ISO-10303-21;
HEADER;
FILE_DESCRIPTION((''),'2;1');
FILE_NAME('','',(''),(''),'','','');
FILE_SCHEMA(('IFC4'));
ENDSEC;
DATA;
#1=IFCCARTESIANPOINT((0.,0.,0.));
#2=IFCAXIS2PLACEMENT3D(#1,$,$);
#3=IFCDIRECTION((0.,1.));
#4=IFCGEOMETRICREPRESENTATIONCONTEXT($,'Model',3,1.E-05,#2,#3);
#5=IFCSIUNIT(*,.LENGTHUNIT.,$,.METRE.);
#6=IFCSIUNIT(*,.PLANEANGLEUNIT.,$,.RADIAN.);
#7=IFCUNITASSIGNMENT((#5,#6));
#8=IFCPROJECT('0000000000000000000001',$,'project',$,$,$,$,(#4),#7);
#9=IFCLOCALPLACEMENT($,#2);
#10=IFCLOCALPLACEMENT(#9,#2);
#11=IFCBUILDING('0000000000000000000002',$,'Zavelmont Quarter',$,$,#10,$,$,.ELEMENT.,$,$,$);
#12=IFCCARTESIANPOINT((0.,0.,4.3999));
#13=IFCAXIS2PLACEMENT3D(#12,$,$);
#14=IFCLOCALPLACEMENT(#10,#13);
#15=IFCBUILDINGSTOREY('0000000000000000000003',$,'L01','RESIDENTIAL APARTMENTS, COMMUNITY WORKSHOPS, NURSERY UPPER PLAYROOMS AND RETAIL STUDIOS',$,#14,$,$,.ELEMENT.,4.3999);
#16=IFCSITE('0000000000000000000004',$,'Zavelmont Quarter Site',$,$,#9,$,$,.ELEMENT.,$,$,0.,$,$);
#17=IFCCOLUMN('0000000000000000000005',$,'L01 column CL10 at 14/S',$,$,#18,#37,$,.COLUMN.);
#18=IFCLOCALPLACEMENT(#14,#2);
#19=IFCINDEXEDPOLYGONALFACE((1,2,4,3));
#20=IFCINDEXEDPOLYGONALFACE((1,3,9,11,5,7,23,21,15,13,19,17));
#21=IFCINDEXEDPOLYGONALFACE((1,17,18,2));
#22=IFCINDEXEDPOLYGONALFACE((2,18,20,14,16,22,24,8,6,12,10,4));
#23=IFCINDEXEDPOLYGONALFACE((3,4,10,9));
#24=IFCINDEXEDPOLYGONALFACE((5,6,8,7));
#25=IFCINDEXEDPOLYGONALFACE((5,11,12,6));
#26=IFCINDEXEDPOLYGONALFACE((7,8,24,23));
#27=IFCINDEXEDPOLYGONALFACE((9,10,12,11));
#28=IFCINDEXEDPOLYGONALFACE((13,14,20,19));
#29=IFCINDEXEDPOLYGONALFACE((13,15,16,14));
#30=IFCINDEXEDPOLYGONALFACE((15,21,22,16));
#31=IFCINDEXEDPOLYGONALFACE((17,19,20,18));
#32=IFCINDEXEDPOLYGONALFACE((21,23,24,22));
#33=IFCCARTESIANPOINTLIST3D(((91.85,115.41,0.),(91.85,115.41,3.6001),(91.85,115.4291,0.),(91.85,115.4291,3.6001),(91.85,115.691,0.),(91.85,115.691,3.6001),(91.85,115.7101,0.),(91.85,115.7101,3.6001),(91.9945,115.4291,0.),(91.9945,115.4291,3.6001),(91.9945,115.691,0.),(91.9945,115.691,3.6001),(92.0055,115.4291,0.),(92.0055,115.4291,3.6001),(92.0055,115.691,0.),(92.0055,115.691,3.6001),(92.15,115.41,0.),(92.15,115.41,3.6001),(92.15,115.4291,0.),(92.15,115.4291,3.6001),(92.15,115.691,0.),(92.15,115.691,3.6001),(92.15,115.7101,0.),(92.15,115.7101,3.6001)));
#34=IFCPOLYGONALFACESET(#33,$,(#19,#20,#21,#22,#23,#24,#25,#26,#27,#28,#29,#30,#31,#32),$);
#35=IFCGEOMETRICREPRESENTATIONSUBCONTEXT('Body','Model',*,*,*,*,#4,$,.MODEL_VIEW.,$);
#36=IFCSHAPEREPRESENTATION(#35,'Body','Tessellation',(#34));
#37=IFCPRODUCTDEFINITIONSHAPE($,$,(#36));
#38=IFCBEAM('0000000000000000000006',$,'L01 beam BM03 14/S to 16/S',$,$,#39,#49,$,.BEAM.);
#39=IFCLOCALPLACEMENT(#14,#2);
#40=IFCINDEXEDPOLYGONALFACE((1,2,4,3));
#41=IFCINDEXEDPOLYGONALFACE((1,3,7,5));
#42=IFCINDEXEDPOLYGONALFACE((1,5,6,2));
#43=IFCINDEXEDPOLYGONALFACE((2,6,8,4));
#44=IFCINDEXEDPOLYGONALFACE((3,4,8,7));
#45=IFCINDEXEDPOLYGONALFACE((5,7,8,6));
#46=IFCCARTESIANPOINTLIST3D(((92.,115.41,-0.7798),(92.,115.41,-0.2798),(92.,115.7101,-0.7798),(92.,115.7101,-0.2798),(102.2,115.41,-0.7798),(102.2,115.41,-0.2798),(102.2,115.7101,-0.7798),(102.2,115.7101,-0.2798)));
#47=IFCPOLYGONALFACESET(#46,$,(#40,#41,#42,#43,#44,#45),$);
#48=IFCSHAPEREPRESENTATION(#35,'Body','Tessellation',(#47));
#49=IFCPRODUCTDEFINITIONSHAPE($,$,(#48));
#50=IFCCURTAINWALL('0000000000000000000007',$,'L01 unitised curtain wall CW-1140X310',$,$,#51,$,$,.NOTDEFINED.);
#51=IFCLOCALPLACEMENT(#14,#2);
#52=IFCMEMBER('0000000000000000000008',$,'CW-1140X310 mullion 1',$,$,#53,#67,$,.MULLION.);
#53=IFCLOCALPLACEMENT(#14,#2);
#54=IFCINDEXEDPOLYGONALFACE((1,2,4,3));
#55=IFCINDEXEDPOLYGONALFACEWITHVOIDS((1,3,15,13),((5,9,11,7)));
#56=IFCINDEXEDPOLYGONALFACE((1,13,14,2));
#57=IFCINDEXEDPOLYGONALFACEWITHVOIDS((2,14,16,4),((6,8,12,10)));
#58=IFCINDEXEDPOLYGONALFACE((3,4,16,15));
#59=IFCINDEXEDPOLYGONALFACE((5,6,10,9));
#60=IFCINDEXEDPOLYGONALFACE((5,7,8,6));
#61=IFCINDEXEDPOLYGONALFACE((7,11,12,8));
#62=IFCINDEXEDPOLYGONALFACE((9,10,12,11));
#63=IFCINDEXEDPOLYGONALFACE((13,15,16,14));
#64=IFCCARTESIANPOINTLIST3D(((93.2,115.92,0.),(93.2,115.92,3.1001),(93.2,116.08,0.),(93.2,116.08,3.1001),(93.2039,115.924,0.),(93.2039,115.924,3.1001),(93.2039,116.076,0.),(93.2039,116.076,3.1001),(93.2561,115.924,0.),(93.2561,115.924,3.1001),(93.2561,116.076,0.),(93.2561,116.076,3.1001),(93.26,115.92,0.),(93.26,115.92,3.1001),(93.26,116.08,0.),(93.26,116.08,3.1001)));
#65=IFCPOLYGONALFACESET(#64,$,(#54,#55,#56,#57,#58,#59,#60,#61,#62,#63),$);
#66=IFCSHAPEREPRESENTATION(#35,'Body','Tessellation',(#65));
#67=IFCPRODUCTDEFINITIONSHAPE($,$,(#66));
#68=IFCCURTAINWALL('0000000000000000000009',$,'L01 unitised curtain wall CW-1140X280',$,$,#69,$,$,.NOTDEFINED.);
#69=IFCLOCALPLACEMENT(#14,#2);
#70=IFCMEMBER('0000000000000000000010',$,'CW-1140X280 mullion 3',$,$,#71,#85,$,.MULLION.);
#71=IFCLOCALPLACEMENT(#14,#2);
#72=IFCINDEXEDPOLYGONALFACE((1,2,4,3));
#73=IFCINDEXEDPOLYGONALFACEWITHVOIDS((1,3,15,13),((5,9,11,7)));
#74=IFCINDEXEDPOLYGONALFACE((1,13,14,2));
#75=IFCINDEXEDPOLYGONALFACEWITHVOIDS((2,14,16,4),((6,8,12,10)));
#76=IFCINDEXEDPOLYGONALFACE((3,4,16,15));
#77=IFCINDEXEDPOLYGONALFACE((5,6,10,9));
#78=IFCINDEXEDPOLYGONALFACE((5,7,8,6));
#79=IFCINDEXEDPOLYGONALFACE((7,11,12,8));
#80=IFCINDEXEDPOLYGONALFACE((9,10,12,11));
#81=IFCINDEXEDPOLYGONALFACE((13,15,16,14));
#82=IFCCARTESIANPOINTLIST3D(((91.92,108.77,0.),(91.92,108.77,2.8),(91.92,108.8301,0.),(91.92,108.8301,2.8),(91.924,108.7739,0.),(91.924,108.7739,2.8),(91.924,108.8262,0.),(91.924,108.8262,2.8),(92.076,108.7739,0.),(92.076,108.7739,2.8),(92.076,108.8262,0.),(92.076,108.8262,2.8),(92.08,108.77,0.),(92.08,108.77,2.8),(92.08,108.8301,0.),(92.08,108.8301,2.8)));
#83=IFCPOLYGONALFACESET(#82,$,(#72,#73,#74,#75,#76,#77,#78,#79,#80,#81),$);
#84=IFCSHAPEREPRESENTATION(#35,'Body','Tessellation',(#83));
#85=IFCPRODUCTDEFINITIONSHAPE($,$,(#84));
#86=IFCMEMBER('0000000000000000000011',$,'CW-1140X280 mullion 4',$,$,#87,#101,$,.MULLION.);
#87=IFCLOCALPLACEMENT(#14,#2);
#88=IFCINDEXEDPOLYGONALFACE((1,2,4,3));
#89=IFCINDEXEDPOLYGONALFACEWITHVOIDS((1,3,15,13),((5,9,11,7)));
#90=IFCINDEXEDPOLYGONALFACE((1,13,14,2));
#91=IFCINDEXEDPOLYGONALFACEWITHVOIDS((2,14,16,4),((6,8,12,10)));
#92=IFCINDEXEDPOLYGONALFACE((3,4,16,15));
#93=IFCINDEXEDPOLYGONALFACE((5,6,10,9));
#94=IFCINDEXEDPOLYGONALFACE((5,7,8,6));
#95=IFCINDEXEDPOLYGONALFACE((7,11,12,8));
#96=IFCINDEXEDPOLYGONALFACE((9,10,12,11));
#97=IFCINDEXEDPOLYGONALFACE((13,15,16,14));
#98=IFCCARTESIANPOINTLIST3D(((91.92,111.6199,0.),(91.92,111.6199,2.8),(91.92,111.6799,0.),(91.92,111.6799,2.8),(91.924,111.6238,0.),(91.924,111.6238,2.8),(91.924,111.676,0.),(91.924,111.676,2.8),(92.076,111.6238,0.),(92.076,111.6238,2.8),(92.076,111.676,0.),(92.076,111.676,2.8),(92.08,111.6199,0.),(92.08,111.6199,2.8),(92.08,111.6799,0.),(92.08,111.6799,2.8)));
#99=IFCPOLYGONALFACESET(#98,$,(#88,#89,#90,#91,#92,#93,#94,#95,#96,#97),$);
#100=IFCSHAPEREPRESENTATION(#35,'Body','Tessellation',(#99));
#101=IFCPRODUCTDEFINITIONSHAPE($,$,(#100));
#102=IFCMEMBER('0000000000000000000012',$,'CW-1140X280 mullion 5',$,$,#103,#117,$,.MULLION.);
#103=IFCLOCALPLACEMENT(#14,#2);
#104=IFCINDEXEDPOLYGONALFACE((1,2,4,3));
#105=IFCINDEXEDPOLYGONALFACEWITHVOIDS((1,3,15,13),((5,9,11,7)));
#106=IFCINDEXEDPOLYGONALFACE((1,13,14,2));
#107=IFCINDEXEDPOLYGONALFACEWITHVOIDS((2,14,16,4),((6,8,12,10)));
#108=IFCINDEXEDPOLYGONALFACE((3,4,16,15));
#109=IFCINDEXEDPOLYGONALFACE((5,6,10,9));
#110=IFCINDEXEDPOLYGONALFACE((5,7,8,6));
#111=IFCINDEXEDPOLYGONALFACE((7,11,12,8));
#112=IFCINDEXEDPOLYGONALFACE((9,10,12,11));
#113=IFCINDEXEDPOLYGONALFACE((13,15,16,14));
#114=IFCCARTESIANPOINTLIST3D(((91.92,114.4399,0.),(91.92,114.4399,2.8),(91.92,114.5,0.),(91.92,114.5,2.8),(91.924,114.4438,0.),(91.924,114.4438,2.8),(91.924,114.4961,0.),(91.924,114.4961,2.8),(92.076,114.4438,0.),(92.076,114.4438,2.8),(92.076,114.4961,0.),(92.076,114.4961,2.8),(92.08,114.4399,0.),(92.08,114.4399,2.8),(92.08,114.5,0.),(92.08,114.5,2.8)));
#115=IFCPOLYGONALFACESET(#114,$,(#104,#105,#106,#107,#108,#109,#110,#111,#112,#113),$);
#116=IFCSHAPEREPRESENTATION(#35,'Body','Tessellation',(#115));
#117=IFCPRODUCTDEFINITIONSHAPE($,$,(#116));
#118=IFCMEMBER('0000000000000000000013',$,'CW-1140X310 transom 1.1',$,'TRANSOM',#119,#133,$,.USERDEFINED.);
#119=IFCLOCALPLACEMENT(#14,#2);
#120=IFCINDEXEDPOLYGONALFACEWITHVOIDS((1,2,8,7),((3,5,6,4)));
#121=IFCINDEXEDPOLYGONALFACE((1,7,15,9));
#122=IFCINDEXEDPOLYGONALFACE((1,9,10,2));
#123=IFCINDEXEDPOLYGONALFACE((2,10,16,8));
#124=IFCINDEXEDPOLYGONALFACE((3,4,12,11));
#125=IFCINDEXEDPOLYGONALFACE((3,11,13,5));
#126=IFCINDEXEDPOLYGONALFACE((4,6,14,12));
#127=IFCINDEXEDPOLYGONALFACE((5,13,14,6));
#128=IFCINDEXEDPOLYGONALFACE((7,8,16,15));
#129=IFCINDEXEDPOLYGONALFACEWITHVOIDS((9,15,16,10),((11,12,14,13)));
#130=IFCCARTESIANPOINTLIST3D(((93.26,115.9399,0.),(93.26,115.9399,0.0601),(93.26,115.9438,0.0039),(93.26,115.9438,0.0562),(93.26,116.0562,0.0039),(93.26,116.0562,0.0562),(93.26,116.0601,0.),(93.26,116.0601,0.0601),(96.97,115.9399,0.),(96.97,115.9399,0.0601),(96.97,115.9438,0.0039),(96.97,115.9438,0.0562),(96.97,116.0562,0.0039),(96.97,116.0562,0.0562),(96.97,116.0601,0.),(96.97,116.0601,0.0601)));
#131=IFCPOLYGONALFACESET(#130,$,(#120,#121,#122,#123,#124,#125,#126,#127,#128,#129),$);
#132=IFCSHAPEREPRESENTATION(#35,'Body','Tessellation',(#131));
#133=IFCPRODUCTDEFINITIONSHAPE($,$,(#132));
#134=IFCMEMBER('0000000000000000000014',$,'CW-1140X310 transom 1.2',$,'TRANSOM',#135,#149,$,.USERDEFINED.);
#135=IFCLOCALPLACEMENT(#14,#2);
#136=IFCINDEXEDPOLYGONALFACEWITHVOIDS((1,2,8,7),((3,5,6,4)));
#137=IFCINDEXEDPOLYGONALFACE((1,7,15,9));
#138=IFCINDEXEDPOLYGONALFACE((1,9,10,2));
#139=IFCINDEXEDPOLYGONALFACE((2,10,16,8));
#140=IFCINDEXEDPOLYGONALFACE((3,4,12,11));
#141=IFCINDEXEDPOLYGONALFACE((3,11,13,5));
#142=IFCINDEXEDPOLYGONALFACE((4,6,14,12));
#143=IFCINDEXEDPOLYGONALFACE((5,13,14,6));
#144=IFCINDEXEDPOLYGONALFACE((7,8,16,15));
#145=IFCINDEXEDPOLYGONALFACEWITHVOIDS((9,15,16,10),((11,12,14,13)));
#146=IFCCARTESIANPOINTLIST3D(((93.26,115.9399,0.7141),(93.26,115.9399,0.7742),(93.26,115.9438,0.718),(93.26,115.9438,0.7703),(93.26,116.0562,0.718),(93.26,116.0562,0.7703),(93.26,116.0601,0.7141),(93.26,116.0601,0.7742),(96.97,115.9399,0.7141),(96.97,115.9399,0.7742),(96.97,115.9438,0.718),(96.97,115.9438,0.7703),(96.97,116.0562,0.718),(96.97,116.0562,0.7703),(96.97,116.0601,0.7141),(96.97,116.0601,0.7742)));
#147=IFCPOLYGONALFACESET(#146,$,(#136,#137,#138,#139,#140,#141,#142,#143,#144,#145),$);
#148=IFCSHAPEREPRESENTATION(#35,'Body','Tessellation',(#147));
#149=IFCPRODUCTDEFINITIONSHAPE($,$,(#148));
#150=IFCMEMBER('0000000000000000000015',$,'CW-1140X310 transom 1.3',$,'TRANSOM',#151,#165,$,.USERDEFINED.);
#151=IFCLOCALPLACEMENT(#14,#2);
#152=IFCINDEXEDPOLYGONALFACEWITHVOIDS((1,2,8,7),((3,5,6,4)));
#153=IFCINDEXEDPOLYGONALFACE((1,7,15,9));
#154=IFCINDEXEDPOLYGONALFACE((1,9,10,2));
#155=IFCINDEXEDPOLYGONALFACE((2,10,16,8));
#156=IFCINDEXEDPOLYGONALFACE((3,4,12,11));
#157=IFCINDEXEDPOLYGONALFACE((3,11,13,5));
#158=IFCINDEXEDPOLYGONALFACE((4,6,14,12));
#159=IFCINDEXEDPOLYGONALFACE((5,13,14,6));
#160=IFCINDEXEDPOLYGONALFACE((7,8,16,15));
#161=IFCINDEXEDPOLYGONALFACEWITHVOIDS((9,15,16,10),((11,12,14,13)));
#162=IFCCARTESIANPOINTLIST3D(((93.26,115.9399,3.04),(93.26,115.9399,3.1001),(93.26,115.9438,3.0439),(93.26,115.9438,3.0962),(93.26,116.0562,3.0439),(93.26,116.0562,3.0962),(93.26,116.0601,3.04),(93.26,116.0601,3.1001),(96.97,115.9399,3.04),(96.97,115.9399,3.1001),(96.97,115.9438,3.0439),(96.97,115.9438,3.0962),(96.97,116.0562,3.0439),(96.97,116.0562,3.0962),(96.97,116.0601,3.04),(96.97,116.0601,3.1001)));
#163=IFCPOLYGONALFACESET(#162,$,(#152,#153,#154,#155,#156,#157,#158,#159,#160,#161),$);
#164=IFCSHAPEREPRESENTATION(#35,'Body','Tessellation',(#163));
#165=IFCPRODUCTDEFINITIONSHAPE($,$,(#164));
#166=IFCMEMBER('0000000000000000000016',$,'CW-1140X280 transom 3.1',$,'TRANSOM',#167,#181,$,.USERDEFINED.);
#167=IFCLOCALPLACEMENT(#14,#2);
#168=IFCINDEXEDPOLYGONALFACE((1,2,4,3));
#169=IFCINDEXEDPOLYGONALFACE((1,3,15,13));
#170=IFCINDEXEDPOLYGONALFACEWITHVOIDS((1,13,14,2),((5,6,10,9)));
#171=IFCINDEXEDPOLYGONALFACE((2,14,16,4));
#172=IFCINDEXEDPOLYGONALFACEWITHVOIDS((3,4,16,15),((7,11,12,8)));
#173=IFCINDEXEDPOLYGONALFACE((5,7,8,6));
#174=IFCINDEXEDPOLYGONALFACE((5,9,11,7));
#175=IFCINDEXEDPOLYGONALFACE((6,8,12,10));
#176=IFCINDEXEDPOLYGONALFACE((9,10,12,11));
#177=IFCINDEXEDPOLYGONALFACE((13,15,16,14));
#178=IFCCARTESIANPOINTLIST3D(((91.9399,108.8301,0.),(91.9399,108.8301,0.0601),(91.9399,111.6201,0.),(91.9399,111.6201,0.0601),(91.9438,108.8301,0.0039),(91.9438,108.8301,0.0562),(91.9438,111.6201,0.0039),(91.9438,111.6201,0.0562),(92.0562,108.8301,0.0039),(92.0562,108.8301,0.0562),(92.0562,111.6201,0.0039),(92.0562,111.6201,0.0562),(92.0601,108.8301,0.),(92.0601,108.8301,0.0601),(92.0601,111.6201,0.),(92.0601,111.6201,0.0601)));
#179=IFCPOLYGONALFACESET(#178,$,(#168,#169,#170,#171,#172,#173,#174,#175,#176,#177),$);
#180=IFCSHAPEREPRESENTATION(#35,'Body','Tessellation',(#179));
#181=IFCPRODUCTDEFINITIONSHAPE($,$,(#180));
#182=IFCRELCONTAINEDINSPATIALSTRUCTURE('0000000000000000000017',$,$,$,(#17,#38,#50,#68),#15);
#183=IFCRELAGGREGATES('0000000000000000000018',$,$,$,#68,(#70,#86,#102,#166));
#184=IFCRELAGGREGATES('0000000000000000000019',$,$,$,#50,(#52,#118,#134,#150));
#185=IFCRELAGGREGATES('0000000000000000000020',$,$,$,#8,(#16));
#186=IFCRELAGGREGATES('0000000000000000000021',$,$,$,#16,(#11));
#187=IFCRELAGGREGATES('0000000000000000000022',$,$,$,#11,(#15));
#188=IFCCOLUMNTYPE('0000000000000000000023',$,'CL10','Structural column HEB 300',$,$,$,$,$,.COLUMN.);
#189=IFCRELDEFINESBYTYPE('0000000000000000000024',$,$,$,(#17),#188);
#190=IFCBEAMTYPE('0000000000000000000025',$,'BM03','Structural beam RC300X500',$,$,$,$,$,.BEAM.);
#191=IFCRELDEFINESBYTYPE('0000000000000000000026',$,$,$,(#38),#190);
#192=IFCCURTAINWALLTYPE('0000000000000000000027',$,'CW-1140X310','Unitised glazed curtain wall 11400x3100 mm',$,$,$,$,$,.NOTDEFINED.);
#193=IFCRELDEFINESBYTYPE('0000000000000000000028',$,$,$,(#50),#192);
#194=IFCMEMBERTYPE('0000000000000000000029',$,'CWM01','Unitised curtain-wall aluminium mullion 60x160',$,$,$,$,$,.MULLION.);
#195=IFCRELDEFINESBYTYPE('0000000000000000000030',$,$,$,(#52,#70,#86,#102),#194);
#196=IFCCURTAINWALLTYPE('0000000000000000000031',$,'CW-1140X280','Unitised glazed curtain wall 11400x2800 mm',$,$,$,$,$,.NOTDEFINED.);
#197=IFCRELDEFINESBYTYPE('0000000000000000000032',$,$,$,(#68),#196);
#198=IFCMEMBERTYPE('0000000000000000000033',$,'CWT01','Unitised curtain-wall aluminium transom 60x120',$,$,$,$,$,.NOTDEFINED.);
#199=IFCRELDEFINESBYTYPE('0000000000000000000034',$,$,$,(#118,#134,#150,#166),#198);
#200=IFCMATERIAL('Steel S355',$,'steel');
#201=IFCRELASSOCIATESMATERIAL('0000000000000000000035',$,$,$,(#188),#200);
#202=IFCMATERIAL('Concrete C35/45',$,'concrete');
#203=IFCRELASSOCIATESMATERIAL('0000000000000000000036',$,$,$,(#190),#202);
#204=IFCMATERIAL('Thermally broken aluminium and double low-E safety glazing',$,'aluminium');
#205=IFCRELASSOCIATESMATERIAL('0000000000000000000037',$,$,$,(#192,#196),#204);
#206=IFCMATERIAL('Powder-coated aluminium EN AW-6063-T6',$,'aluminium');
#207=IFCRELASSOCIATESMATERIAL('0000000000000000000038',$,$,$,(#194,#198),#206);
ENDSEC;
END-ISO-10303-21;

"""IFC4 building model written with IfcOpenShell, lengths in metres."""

from ifc_helpers import new_model, si_unit, direction, frame, origin, origin_2d, place, context, subcontext, project, spatial, rectangle, hollow_rectangle, i_section, extrude, material, material_profile, profile_set, type_object, element, aggregate, save


model = new_model("IFC4")

# Units and contexts
model_context = context("Model", 3, precision=1e-05, world=origin(), true_north=direction((0.0, 1.0)))
body_context = subcontext(model_context, "Body", "Model", "MODEL_VIEW")
ifc_project = project(units=[si_unit("LENGTHUNIT", "METRE"), si_unit("PLANEANGLEUNIT", "RADIAN")], contexts=[model_context])

# Site, building, storey
site_placement = place(None, origin())
site = spatial("IfcSite", under=ifc_project, at=site_placement, Name="Zavelmont Quarter Site", CompositionType="ELEMENT", RefElevation=0.0)
building_placement = place(site_placement, origin())
building = spatial("IfcBuilding", under=site, at=building_placement, Name="Zavelmont Quarter", CompositionType="ELEMENT")
storey_placement = place(building_placement, frame((0.0, 0.0, 4.3999)))
storey = spatial("IfcBuildingStorey", under=building, at=storey_placement, Name="L01", Description="RESIDENTIAL APARTMENTS, COMMUNITY WORKSHOPS, NURSERY UPPER PLAYROOMS AND RETAIL STUDIOS", CompositionType="ELEMENT", Elevation=4.3999)

# Column
ifc_material_1 = material(Name="Steel S355", Category="steel")
ifc_material_profile_1 = material_profile(ifc_material_1, i_section(OverallWidth=0.3, OverallDepth=0.3, WebThickness=0.011, FlangeThickness=0.019, at=origin_2d()), Name="HEB 300")
ifc_profile_set_1 = profile_set([ifc_material_profile_1], Name="Steel S355")
column_type = type_object("IfcColumnType", Name="CL10", Description="Structural column HEB 300", PredefinedType="COLUMN", material=ifc_profile_set_1)
column_placement = place(storey_placement, frame((92.0, 115.5601, 0.0), z_axis=(0.0, 0.0, 1.0), x_axis=(1.0, 0.0, 0.0)))
element("IfcColumn", 1, at=column_placement, inside=storey, type_object=column_type, Name="L01 column CL10 at 14/S", PredefinedType="COLUMN", context=body_context, shape_type="SweptSolid", body=[
    extrude(i_section(OverallWidth=0.3, OverallDepth=0.3, WebThickness=0.011, FlangeThickness=0.019, at=origin_2d()), origin(), (0.0, 0.0, 1.0), 3.6001),
])

# Beam
ifc_material_2 = material(Name="Concrete C35/45", Category="concrete")
ifc_material_profile_2 = material_profile(ifc_material_2, rectangle(XDim=0.3, YDim=0.5, at=origin_2d()), Name="RC300X500")
ifc_profile_set_2 = profile_set([ifc_material_profile_2], Name="Concrete C35/45")
beam_type = type_object("IfcBeamType", Name="BM03", Description="Structural beam RC300X500", PredefinedType="BEAM", material=ifc_profile_set_2)
beam_placement = place(storey_placement, frame((92.0, 115.5601, -0.5298), z_axis=(1.0, 0.0, 0.0), x_axis=(0.0, 1.0, 0.0)))
element("IfcBeam", 2, at=beam_placement, inside=storey, type_object=beam_type, Name="L01 beam BM03 14/S to 16/S", PredefinedType="BEAM", context=body_context, shape_type="SweptSolid", body=[
    extrude(rectangle(XDim=0.3, YDim=0.5, at=origin_2d()), origin(), (0.0, 0.0, 1.0), 10.2),
])

# Curtain wall, member
ifc_material_3 = material(Name="Thermally broken aluminium and double low-E safety glazing", Category="aluminium")
curtain_wall_type_1 = type_object("IfcCurtainWallType", Name="CW-1140X310", Description="Unitised glazed curtain wall 11400x3100 mm", PredefinedType="NOTDEFINED", material=ifc_material_3)
curtain_wall_1_placement = place(storey_placement, origin())
curtain_wall_1 = element("IfcCurtainWall", 3, at=curtain_wall_1_placement, inside=storey, type_object=curtain_wall_type_1, Name="L01 unitised curtain wall CW-1140X310", PredefinedType="NOTDEFINED")
ifc_material_4 = material(Name="Powder-coated aluminium EN AW-6063-T6", Category="aluminium")
ifc_material_profile_3 = material_profile(ifc_material_4, hollow_rectangle(XDim=0.0601, YDim=0.1599, WallThickness=0.0039, at=origin_2d()), Name="CWM60X160")
ifc_profile_set_3 = profile_set([ifc_material_profile_3], Name="Powder-coated aluminium EN AW-6063-T6")
member_type_1 = type_object("IfcMemberType", Name="CWM01", Description="Unitised curtain-wall aluminium mullion 60x160", PredefinedType="MULLION", material=ifc_profile_set_3)
member_1_placement = place(storey_placement, frame((93.23, 116.0, 0.0), z_axis=(0.0, 0.0, 1.0), x_axis=(1.0, 0.0, 0.0)))
member_1 = element("IfcMember", 4, at=member_1_placement, type_object=member_type_1, Name="CW-1140X310 mullion 1", PredefinedType="MULLION", context=body_context, shape_type="SweptSolid", body=[
    extrude(hollow_rectangle(XDim=0.0601, YDim=0.1599, WallThickness=0.0039, at=origin_2d()), origin(), (0.0, 0.0, 1.0), 3.1001),
])

# Curtain wall, members
curtain_wall_type_2 = type_object("IfcCurtainWallType", Name="CW-1140X280", Description="Unitised glazed curtain wall 11400x2800 mm", PredefinedType="NOTDEFINED", material=ifc_material_3)
curtain_wall_2_placement = place(storey_placement, origin())
curtain_wall_2 = element("IfcCurtainWall", 5, at=curtain_wall_2_placement, inside=storey, type_object=curtain_wall_type_2, Name="L01 unitised curtain wall CW-1140X280", PredefinedType="NOTDEFINED")
member_2_placement = place(storey_placement, frame((92.0, 108.8, 0.0), z_axis=(0.0, 0.0, 1.0), x_axis=(0.0, 1.0, 0.0)))
member_2 = element("IfcMember", 6, at=member_2_placement, type_object=member_type_1, Name="CW-1140X280 mullion 3", PredefinedType="MULLION", context=body_context, shape_type="SweptSolid", body=[
    extrude(hollow_rectangle(XDim=0.0601, YDim=0.1599, WallThickness=0.0039, at=origin_2d()), origin(), (0.0, 0.0, 1.0), 2.8),
])
member_3_placement = place(storey_placement, frame((92.0, 111.6499, 0.0), z_axis=(0.0, 0.0, 1.0), x_axis=(0.0, 1.0, 0.0)))
member_3 = element("IfcMember", 7, at=member_3_placement, type_object=member_type_1, Name="CW-1140X280 mullion 4", PredefinedType="MULLION", context=body_context, shape_type="SweptSolid", body=[
    extrude(hollow_rectangle(XDim=0.0601, YDim=0.1599, WallThickness=0.0039, at=origin_2d()), origin(), (0.0, 0.0, 1.0), 2.8),
])
member_4_placement = place(storey_placement, frame((92.0, 114.47, 0.0), z_axis=(0.0, 0.0, 1.0), x_axis=(0.0, 1.0, 0.0)))
member_4 = element("IfcMember", 8, at=member_4_placement, type_object=member_type_1, Name="CW-1140X280 mullion 5", PredefinedType="MULLION", context=body_context, shape_type="SweptSolid", body=[
    extrude(hollow_rectangle(XDim=0.0601, YDim=0.1599, WallThickness=0.0039, at=origin_2d()), origin(), (0.0, 0.0, 1.0), 2.8),
])

# Members
ifc_material_profile_4 = material_profile(ifc_material_4, hollow_rectangle(XDim=0.1201, YDim=0.0601, WallThickness=0.0039, at=origin_2d()), Name="CWT60X120")
ifc_profile_set_4 = profile_set([ifc_material_profile_4], Name="Powder-coated aluminium EN AW-6063-T6")
member_type_2 = type_object("IfcMemberType", Name="CWT01", Description="Unitised curtain-wall aluminium transom 60x120", PredefinedType="NOTDEFINED", material=ifc_profile_set_4)
member_5_placement = place(storey_placement, frame((93.26, 116.0, 0.03), z_axis=(1.0, 0.0, 0.0), x_axis=(0.0, 1.0, 0.0)))
member_5 = element("IfcMember", 9, at=member_5_placement, type_object=member_type_2, Name="CW-1140X310 transom 1.1", ObjectType="TRANSOM", PredefinedType="USERDEFINED", context=body_context, shape_type="SweptSolid", body=[
    extrude(hollow_rectangle(XDim=0.1201, YDim=0.0601, WallThickness=0.0039, at=origin_2d()), origin(), (0.0, 0.0, 1.0), 3.71),
])
member_6_placement = place(storey_placement, frame((93.26, 116.0, 0.7441), z_axis=(1.0, 0.0, 0.0), x_axis=(0.0, 1.0, 0.0)))
member_6 = element("IfcMember", 10, at=member_6_placement, type_object=member_type_2, Name="CW-1140X310 transom 1.2", ObjectType="TRANSOM", PredefinedType="USERDEFINED", context=body_context, shape_type="SweptSolid", body=[
    extrude(hollow_rectangle(XDim=0.1201, YDim=0.0601, WallThickness=0.0039, at=origin_2d()), origin(), (0.0, 0.0, 1.0), 3.71),
])
member_7_placement = place(storey_placement, frame((93.26, 116.0, 3.0701), z_axis=(1.0, 0.0, 0.0), x_axis=(0.0, 1.0, 0.0)))
member_7 = element("IfcMember", 11, at=member_7_placement, type_object=member_type_2, Name="CW-1140X310 transom 1.3", ObjectType="TRANSOM", PredefinedType="USERDEFINED", context=body_context, shape_type="SweptSolid", body=[
    extrude(hollow_rectangle(XDim=0.1201, YDim=0.0601, WallThickness=0.0039, at=origin_2d()), origin(), (0.0, 0.0, 1.0), 3.71),
])
member_8_placement = place(storey_placement, frame((92.0, 108.8301, 0.03), z_axis=(0.0, 1.0, 0.0), x_axis=(-1.0, 0.0, 0.0)))
member_8 = element("IfcMember", 12, at=member_8_placement, type_object=member_type_2, Name="CW-1140X280 transom 3.1", ObjectType="TRANSOM", PredefinedType="USERDEFINED", context=body_context, shape_type="SweptSolid", body=[
    extrude(hollow_rectangle(XDim=0.1201, YDim=0.0601, WallThickness=0.0039, at=origin_2d()), origin(), (0.0, 0.0, 1.0), 2.79),
])

aggregate(curtain_wall_2, [member_2, member_3, member_4, member_8])
aggregate(curtain_wall_1, [member_1, member_5, member_6, member_7])

save(model, "model.ifc")
